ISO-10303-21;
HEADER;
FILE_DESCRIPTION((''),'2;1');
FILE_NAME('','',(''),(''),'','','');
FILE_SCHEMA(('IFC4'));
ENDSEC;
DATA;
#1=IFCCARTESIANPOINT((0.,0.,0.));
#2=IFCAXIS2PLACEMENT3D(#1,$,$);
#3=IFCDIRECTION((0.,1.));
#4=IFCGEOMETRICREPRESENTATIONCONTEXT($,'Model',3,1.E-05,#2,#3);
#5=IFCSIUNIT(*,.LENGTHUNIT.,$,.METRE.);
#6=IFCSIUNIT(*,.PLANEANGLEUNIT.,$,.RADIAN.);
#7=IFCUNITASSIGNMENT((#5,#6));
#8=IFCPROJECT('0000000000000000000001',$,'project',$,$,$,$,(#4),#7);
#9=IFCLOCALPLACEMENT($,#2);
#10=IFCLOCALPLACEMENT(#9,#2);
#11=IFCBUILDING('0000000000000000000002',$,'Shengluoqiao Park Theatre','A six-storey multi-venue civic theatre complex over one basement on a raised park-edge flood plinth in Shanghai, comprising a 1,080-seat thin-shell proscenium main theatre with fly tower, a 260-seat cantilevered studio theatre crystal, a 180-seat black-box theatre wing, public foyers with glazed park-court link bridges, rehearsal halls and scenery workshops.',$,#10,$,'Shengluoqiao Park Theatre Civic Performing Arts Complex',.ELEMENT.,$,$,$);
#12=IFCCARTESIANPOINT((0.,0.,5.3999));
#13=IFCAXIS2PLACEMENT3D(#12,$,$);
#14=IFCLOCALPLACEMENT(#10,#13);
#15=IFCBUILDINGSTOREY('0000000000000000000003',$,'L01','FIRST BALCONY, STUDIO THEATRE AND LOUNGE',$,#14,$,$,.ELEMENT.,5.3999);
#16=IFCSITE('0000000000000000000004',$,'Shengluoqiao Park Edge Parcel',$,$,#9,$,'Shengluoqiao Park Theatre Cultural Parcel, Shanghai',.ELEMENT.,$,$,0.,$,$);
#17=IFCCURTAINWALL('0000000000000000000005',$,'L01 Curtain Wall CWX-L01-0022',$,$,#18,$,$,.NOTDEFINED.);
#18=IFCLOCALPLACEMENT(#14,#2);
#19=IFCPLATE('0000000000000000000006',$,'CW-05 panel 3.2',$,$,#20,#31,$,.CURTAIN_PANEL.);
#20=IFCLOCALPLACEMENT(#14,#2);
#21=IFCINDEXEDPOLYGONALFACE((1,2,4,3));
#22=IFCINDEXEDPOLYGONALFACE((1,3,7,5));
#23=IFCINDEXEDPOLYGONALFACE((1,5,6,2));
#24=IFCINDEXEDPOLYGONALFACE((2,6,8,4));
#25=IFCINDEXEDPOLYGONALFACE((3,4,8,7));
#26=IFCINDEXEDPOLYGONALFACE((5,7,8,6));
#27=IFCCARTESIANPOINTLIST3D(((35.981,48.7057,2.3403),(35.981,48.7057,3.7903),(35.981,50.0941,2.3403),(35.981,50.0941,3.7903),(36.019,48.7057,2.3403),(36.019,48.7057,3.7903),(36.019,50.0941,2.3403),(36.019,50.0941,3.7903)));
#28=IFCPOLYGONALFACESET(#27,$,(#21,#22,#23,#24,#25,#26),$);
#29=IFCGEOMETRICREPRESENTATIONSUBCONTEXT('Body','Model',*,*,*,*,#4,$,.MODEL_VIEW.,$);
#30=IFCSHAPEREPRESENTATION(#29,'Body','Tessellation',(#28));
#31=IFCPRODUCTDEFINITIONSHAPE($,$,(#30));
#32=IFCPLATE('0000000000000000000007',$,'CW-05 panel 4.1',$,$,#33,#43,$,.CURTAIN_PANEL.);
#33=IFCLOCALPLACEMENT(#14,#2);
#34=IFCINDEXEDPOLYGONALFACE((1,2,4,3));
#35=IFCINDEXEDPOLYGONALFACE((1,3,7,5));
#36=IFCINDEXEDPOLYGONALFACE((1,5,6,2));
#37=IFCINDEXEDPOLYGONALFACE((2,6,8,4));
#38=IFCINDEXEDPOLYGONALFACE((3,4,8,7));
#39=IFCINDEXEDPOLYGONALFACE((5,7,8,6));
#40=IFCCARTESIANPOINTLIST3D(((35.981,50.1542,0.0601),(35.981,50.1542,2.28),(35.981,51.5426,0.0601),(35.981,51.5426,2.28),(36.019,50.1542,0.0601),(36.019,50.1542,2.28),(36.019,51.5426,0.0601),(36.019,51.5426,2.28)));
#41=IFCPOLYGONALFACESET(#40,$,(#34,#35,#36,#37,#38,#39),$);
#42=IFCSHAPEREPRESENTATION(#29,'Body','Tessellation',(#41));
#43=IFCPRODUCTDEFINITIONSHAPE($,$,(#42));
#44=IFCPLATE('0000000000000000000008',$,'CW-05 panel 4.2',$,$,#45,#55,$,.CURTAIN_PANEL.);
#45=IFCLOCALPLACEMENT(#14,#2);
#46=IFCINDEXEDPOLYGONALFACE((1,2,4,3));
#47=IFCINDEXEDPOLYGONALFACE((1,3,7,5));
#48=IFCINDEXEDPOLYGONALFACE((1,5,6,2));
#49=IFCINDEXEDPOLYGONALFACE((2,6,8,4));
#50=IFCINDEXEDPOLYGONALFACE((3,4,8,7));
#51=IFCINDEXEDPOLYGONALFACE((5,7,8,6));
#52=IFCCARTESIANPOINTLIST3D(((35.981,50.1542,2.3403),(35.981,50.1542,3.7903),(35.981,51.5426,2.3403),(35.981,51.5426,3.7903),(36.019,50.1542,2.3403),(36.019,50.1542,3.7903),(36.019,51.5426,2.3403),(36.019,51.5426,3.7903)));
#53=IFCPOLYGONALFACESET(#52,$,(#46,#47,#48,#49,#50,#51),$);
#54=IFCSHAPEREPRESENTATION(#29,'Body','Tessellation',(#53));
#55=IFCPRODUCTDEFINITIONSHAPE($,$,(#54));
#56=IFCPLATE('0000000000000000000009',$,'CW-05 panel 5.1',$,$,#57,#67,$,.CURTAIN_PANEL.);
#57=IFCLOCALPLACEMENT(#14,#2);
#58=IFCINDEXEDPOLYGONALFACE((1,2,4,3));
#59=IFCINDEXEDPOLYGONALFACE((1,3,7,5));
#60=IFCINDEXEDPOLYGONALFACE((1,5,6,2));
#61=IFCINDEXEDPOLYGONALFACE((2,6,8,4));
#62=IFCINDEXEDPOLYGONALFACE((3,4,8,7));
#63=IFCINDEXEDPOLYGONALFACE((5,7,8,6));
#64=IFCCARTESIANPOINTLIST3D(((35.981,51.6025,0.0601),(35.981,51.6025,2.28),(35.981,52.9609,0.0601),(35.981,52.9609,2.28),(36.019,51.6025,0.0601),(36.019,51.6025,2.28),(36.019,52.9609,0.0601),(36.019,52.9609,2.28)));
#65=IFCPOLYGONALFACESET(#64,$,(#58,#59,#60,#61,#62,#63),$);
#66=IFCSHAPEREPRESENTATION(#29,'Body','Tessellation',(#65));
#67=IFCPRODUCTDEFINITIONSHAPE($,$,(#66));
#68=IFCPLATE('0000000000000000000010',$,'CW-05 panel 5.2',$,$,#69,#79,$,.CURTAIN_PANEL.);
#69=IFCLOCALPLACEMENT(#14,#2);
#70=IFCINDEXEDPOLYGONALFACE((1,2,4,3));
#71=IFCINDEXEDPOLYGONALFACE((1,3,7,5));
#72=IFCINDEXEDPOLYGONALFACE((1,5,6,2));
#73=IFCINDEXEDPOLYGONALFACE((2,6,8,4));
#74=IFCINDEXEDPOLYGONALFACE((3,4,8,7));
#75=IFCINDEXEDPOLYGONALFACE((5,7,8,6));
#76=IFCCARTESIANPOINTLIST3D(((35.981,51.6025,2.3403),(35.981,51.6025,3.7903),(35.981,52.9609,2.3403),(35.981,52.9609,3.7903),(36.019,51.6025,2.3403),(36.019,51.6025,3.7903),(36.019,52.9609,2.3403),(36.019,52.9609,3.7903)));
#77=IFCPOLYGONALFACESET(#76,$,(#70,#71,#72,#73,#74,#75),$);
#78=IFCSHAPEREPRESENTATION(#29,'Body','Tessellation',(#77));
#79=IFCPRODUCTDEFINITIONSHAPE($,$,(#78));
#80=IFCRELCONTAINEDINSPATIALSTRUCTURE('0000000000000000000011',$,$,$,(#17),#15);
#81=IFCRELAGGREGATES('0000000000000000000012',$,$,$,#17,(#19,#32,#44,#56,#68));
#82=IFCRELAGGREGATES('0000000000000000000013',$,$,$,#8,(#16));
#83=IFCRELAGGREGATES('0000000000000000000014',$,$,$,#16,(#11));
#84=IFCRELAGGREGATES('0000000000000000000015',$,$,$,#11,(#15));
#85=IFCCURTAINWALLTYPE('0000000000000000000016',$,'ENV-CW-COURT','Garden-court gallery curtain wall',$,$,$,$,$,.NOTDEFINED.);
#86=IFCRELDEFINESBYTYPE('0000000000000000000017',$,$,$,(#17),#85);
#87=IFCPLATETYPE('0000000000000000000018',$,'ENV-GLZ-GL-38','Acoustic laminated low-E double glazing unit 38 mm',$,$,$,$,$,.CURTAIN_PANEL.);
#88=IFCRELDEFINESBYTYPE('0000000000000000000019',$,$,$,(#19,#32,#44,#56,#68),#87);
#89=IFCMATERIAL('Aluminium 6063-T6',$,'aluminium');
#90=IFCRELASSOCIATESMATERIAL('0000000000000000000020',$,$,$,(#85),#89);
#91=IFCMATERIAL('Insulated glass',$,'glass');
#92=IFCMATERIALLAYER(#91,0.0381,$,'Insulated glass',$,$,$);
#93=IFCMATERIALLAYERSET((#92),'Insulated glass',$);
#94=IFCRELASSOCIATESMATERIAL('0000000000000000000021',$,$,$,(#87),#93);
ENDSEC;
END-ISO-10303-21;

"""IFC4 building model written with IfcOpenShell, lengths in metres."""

from ifc_helpers import new_model, si_unit, direction, frame, origin, origin_2d, place, context, subcontext, project, spatial, rectangle, extrude, material, layer, layer_set, type_object, element, aggregate, save


model = new_model("IFC4")

# Units and contexts
model_context = context("Model", 3, precision=1e-05, world=origin(), true_north=direction((0.0, 1.0)))
body_context = subcontext(model_context, "Body", "Model", "MODEL_VIEW")
ifc_project = project(units=[si_unit("LENGTHUNIT", "METRE"), si_unit("PLANEANGLEUNIT", "RADIAN")], contexts=[model_context])

# Site, building, storey
site_placement = place(None, origin())
site = spatial("IfcSite", under=ifc_project, at=site_placement, Name="Shengluoqiao Park Edge Parcel", LongName="Shengluoqiao Park Theatre Cultural Parcel, Shanghai", CompositionType="ELEMENT", RefElevation=0.0)
building_placement = place(site_placement, origin())
building = spatial("IfcBuilding", under=site, at=building_placement, Name="Shengluoqiao Park Theatre", Description="A six-storey multi-venue civic theatre complex over one basement on a raised park-edge flood plinth in Shanghai, comprising a 1,080-seat thin-shell proscenium main theatre with fly tower, a 260-seat cantilevered studio theatre crystal, a 180-seat black-box theatre wing, public foyers with glazed park-court link bridges, rehearsal halls and scenery workshops.", LongName="Shengluoqiao Park Theatre Civic Performing Arts Complex", CompositionType="ELEMENT")
storey_placement = place(building_placement, frame((0.0, 0.0, 5.3999)))
storey = spatial("IfcBuildingStorey", under=building, at=storey_placement, Name="L01", Description="FIRST BALCONY, STUDIO THEATRE AND LOUNGE", CompositionType="ELEMENT", Elevation=5.3999)

# Curtain wall
ifc_material_1 = material(Name="Aluminium 6063-T6", Category="aluminium")
curtain_wall_type_1 = type_object("IfcCurtainWallType", Name="ENV-CW-COURT", Description="Garden-court gallery curtain wall", PredefinedType="NOTDEFINED", material=ifc_material_1)
curtain_wall_1_placement = place(storey_placement, origin())
curtain_wall_1 = element("IfcCurtainWall", 1, at=curtain_wall_1_placement, inside=storey, type_object=curtain_wall_type_1, Name="L01 Curtain Wall CWX-L01-0022", PredefinedType="NOTDEFINED")

# Plates
ifc_material_2 = material(Name="Insulated glass", Category="glass")
ifc_layer = layer(ifc_material_2, 0.0381, Name="Insulated glass")
ifc_layer_set = layer_set([ifc_layer], Name="Insulated glass")
plate_type = type_object("IfcPlateType", Name="ENV-GLZ-GL-38", Description="Acoustic laminated low-E double glazing unit 38 mm", PredefinedType="CURTAIN_PANEL", material=ifc_layer_set)
plate_1_placement = place(storey_placement, frame((36.0, 49.3999, 2.3403), z_axis=(0.0, 0.0, 1.0), x_axis=(0.0, 1.0, 0.0)))
plate_1 = element("IfcPlate", 2, at=plate_1_placement, type_object=plate_type, Name="CW-05 panel 3.2", PredefinedType="CURTAIN_PANEL", context=body_context, shape_type="SweptSolid", body=[
    extrude(rectangle(XDim=1.3884, YDim=0.0381, at=origin_2d()), origin(), (0.0, 0.0, 1.0), 1.45),
])
plate_2_placement = place(storey_placement, frame((36.0, 50.8484, 0.0601), z_axis=(0.0, 0.0, 1.0), x_axis=(0.0, 1.0, 0.0)))
plate_2 = element("IfcPlate", 3, at=plate_2_placement, type_object=plate_type, Name="CW-05 panel 4.1", PredefinedType="CURTAIN_PANEL", context=body_context, shape_type="SweptSolid", body=[
    extrude(rectangle(XDim=1.3884, YDim=0.0381, at=origin_2d()), origin(), (0.0, 0.0, 1.0), 2.22),
])
plate_3_placement = place(storey_placement, frame((36.0, 50.8484, 2.3403), z_axis=(0.0, 0.0, 1.0), x_axis=(0.0, 1.0, 0.0)))
plate_3 = element("IfcPlate", 4, at=plate_3_placement, type_object=plate_type, Name="CW-05 panel 4.2", PredefinedType="CURTAIN_PANEL", context=body_context, shape_type="SweptSolid", body=[
    extrude(rectangle(XDim=1.3884, YDim=0.0381, at=origin_2d()), origin(), (0.0, 0.0, 1.0), 1.45),
])
plate_4_placement = place(storey_placement, frame((36.0, 52.2817, 0.0601), z_axis=(0.0, 0.0, 1.0), x_axis=(0.0, 1.0, 0.0)))
plate_4 = element("IfcPlate", 5, at=plate_4_placement, type_object=plate_type, Name="CW-05 panel 5.1", PredefinedType="CURTAIN_PANEL", context=body_context, shape_type="SweptSolid", body=[
    extrude(rectangle(XDim=1.3584, YDim=0.0381, at=origin_2d()), origin(), (0.0, 0.0, 1.0), 2.22),
])
plate_5_placement = place(storey_placement, frame((36.0, 52.2817, 2.3403), z_axis=(0.0, 0.0, 1.0), x_axis=(0.0, 1.0, 0.0)))
plate_5 = element("IfcPlate", 6, at=plate_5_placement, type_object=plate_type, Name="CW-05 panel 5.2", PredefinedType="CURTAIN_PANEL", context=body_context, shape_type="SweptSolid", body=[
    extrude(rectangle(XDim=1.3584, YDim=0.0381, at=origin_2d()), origin(), (0.0, 0.0, 1.0), 1.45),
])
aggregate(curtain_wall_1, [plate_1, plate_2, plate_3, plate_4, plate_5])

save(model, "model.ifc")
